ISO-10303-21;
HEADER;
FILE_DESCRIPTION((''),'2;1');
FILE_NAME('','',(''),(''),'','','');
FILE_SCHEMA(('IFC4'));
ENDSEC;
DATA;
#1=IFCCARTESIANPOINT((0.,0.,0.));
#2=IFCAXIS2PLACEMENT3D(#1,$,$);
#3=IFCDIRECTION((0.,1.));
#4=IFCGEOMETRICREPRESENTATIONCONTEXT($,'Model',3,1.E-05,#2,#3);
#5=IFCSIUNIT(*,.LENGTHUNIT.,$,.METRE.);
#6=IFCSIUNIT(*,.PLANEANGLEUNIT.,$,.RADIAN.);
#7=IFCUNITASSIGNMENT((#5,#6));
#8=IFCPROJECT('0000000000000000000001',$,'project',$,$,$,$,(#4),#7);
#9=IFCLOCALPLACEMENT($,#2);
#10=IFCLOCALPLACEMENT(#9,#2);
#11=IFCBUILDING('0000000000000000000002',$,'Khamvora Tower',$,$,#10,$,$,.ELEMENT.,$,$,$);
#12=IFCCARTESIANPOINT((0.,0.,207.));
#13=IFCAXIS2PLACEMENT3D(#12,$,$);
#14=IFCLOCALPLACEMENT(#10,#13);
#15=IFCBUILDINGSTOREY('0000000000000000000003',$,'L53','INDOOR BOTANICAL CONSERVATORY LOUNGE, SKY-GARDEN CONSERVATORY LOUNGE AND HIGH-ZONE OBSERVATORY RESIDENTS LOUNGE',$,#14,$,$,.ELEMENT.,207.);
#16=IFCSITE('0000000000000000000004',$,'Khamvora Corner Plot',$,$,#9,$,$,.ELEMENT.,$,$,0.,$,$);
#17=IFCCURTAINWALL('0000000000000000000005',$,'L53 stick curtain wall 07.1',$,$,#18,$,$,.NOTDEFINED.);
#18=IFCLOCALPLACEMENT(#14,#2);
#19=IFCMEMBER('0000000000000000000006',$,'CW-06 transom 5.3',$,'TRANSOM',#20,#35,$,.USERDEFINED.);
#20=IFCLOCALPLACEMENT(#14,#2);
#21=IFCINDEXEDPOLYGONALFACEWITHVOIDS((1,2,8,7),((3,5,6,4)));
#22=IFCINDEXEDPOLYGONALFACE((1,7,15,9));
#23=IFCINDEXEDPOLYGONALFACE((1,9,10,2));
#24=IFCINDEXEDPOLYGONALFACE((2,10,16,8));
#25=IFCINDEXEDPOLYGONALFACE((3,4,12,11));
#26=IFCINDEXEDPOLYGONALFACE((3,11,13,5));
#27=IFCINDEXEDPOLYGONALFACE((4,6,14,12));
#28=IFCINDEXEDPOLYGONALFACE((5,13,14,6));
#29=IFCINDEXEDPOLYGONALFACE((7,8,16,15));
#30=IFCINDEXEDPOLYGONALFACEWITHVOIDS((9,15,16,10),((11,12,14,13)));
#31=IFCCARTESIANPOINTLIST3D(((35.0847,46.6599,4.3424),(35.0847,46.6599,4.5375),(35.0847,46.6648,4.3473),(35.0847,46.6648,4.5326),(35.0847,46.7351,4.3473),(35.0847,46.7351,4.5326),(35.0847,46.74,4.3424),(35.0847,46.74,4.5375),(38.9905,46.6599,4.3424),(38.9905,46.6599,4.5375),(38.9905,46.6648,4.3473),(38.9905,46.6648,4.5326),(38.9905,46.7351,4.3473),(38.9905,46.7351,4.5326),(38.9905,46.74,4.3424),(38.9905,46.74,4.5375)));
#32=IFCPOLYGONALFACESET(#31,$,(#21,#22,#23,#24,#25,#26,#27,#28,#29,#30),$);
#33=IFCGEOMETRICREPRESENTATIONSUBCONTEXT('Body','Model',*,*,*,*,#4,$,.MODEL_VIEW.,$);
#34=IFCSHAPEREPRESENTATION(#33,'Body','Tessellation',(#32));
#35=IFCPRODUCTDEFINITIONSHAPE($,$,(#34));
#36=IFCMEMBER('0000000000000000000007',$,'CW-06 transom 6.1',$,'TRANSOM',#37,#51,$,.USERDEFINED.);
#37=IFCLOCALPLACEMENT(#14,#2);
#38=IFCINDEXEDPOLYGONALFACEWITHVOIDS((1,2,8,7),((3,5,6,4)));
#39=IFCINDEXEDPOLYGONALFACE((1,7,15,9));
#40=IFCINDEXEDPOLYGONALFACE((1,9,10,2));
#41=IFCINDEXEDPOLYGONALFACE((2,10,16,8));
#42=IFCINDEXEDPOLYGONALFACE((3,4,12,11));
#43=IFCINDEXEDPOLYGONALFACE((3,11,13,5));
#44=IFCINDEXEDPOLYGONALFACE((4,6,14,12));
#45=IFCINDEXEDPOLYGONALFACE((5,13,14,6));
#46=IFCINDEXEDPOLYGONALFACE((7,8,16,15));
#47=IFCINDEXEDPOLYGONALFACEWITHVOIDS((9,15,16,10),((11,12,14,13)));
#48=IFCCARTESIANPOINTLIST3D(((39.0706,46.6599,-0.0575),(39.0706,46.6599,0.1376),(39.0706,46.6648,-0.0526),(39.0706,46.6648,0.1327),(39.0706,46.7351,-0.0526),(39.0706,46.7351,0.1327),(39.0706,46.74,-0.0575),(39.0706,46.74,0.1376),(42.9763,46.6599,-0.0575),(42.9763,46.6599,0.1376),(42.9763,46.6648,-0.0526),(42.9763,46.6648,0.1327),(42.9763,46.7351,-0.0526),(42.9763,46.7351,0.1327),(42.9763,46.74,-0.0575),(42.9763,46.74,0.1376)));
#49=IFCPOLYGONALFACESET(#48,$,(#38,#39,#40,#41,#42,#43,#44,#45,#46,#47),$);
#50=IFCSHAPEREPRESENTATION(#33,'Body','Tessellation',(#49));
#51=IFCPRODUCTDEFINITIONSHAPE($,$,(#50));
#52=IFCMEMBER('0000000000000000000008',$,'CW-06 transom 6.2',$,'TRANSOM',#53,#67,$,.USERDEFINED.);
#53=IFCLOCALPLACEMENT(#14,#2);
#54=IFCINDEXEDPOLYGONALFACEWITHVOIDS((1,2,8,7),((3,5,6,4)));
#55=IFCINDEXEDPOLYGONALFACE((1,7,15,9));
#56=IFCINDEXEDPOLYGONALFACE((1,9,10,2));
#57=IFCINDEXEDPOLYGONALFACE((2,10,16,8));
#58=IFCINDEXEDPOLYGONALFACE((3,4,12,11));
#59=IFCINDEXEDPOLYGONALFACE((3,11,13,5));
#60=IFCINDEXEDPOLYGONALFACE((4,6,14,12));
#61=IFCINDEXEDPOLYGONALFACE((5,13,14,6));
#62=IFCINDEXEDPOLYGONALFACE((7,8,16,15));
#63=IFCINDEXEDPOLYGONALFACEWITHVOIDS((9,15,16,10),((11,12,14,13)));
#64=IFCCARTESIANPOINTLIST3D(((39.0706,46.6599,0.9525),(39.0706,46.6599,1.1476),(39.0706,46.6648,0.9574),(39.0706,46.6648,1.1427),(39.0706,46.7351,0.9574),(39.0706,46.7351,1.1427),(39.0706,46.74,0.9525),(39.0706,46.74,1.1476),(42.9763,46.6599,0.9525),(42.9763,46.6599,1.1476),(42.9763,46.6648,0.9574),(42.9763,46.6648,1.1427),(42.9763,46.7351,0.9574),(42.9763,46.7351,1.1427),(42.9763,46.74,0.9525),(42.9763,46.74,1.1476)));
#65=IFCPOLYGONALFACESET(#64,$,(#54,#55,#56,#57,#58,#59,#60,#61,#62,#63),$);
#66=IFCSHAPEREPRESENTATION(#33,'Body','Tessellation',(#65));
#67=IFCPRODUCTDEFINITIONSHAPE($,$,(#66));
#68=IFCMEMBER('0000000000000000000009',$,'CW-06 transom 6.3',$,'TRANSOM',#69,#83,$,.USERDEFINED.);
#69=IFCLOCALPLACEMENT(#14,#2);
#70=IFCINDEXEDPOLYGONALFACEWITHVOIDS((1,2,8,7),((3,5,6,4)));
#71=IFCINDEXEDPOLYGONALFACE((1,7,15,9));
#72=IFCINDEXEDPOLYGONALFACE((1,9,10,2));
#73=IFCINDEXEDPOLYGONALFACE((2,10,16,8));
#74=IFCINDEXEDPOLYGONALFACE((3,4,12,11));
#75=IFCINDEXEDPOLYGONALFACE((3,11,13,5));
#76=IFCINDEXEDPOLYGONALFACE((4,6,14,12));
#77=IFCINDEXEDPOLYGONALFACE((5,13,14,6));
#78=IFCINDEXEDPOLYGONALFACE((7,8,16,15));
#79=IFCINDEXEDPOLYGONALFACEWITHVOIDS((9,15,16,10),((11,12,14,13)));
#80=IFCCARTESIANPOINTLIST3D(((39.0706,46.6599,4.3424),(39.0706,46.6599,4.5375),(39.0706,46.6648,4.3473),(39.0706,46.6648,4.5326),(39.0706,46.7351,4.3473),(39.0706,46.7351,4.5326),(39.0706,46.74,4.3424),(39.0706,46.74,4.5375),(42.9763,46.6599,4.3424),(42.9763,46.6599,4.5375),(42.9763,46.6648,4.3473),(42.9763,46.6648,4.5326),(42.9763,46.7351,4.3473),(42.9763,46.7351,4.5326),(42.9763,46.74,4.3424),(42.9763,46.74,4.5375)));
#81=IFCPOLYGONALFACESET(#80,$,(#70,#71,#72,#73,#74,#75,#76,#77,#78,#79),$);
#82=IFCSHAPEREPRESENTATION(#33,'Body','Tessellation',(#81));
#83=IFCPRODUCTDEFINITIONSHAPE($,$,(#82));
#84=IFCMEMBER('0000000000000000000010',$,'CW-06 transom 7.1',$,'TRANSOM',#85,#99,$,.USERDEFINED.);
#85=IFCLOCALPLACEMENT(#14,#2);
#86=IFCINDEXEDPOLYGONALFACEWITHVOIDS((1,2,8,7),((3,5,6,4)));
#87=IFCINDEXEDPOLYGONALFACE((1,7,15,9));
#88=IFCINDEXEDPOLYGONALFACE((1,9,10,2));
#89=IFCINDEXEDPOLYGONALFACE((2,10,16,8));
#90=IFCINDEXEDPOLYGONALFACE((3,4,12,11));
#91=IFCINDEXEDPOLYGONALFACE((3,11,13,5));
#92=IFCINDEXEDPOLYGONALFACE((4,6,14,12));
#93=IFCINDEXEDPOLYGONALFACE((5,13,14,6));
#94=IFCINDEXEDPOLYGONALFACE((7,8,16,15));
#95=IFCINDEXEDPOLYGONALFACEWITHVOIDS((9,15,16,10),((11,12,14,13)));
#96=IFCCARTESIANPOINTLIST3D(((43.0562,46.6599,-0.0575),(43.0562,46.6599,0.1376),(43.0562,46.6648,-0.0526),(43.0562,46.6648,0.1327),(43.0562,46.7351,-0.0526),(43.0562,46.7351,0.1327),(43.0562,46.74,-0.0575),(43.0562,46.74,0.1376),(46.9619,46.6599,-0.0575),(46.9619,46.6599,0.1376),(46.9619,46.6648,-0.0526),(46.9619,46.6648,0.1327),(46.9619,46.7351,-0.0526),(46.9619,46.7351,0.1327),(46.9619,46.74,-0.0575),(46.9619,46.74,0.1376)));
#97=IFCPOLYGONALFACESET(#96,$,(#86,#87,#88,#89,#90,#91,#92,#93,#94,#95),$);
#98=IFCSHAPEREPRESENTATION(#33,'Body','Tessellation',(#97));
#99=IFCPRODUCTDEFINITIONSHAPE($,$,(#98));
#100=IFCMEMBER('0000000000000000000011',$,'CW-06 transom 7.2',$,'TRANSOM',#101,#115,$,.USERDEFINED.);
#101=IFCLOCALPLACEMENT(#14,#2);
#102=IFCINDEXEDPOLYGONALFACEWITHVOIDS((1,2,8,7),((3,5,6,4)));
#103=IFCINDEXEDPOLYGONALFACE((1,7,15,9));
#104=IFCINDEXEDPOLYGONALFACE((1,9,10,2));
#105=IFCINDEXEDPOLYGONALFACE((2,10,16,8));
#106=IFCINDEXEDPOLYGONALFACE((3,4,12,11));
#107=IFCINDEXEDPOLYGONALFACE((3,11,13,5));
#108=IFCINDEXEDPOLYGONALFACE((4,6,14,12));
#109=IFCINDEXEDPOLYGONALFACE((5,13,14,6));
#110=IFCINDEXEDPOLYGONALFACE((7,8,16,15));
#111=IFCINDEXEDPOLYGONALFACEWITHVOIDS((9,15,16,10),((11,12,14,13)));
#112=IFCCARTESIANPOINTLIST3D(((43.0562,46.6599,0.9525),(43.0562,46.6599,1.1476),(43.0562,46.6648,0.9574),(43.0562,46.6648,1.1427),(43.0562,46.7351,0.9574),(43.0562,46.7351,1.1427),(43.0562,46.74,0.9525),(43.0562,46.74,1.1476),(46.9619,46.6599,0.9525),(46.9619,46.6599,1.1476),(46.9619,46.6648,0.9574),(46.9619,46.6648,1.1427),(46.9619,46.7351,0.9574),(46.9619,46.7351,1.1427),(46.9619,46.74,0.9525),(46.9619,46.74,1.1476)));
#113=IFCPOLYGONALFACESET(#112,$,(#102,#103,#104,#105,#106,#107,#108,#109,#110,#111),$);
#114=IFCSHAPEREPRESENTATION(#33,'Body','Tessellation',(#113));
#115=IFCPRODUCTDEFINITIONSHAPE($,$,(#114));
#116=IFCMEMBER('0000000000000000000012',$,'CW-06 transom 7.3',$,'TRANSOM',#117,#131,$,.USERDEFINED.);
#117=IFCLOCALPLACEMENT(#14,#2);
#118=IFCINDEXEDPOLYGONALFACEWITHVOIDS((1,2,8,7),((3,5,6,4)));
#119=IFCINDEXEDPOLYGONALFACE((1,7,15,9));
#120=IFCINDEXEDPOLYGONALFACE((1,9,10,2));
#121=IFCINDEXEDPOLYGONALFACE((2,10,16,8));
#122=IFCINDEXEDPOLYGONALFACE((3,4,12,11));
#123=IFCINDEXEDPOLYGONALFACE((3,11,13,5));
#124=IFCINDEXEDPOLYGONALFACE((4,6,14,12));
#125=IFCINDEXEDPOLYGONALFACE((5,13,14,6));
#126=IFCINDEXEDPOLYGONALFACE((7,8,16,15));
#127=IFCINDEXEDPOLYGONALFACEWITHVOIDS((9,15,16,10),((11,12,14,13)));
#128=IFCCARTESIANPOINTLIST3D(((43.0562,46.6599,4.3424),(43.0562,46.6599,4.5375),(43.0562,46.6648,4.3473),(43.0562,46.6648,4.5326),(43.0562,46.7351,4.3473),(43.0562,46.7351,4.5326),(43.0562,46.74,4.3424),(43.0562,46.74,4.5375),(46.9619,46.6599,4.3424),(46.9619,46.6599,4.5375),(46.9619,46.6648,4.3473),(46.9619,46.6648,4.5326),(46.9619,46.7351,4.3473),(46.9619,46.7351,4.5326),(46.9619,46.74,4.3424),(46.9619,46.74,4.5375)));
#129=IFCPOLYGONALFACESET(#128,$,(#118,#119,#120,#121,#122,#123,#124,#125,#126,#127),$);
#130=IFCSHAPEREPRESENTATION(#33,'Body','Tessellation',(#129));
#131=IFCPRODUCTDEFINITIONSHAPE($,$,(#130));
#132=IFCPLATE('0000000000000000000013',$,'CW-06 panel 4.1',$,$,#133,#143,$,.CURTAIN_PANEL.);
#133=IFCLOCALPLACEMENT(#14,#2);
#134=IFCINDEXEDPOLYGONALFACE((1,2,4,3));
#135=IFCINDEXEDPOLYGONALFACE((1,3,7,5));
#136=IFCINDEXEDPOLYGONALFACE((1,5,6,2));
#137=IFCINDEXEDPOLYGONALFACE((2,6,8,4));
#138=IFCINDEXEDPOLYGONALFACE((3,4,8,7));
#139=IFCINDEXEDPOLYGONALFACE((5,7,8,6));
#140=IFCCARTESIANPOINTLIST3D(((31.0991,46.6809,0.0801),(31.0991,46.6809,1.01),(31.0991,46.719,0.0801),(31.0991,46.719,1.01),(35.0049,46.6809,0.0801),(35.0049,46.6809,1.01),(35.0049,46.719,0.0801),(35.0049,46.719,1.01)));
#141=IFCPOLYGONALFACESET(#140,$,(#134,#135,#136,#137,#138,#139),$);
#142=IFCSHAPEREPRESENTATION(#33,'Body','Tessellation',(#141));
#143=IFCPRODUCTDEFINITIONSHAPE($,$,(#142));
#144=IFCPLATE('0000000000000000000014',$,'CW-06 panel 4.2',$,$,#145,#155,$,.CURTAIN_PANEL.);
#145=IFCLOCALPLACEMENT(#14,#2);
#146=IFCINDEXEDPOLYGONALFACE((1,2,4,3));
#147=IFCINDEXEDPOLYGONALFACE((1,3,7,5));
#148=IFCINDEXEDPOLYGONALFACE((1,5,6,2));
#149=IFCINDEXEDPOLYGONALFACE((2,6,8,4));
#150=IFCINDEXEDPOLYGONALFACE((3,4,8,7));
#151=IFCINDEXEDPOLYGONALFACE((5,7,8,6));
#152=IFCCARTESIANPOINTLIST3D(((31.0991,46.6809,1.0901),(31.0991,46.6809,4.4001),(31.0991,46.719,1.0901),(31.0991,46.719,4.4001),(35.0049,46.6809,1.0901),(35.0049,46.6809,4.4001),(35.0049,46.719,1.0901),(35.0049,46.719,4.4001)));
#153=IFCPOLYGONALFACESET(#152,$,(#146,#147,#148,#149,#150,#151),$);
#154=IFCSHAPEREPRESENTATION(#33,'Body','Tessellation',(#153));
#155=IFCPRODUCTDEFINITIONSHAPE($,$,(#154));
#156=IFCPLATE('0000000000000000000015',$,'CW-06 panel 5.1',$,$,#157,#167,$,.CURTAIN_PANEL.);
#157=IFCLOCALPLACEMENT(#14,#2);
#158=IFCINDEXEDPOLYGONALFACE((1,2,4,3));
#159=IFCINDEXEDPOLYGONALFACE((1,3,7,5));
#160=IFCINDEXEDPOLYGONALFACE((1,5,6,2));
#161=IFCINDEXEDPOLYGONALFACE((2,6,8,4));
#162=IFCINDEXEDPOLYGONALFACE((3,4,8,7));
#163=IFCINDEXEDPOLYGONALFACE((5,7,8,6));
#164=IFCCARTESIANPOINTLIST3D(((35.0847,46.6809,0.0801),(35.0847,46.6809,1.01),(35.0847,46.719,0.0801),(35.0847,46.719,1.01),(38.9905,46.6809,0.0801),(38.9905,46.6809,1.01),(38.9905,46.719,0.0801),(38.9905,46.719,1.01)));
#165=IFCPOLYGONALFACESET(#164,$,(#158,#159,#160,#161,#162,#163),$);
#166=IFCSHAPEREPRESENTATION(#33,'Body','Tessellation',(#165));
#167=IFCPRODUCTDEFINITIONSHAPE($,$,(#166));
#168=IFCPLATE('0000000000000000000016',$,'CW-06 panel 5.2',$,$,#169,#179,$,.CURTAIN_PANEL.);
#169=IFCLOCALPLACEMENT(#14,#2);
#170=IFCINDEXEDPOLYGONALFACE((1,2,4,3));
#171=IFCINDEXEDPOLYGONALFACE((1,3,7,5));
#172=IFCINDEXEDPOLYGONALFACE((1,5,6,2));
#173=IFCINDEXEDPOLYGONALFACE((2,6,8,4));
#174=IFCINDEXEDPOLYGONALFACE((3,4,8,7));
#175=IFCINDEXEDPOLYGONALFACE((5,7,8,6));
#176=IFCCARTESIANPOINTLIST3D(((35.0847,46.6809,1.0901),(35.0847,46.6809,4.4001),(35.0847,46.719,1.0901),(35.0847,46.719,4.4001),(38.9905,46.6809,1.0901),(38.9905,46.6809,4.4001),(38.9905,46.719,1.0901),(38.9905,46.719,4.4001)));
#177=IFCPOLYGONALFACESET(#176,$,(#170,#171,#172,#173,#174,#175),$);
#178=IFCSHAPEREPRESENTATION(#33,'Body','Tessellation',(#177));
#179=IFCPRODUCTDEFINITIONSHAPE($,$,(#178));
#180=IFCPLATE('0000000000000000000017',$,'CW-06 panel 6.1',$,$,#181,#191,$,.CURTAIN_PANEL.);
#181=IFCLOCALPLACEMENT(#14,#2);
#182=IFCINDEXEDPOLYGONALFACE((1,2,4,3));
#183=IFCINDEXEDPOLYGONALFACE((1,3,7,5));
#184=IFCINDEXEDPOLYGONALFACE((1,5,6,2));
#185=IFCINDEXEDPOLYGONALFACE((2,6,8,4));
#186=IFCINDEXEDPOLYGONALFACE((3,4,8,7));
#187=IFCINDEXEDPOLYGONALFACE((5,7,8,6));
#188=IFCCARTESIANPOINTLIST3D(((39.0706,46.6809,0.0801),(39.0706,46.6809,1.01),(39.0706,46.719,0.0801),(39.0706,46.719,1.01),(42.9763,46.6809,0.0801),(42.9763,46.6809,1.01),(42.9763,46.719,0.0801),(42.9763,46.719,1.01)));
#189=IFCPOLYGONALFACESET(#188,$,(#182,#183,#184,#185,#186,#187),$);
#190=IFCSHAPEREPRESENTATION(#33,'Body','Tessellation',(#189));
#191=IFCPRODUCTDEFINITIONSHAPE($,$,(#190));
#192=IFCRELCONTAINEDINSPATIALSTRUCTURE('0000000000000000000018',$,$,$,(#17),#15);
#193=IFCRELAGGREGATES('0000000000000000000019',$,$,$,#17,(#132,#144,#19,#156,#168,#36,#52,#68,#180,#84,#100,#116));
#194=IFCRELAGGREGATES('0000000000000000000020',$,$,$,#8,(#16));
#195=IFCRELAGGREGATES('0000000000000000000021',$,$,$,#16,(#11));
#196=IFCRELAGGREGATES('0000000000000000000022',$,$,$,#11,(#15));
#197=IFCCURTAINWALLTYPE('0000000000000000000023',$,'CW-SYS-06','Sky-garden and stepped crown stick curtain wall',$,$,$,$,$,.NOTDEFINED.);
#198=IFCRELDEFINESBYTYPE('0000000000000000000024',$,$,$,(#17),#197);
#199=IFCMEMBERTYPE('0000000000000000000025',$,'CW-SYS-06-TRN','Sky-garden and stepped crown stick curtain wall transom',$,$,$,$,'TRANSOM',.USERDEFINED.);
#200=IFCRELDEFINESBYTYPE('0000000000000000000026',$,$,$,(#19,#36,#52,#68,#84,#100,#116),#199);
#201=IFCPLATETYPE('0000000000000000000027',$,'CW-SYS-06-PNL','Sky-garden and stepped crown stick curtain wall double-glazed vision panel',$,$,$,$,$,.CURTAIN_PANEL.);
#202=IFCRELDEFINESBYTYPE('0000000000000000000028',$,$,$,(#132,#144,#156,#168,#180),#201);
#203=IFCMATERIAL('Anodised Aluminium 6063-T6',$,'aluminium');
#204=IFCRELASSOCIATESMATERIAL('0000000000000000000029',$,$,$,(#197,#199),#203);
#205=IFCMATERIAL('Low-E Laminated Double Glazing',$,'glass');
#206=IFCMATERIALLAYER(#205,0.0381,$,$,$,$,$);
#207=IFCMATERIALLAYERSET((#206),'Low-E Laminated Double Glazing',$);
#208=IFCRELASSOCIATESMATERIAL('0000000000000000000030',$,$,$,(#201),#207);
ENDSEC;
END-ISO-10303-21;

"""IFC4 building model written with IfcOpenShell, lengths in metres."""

from ifc_helpers import new_model, si_unit, direction, frame, origin, origin_2d, place, context, subcontext, project, spatial, rectangle, hollow_rectangle, extrude, material, layer, layer_set, material_profile, profile_set, type_object, element, aggregate, save


model = new_model("IFC4")

# Units and contexts
model_context = context("Model", 3, precision=1e-05, world=origin(), true_north=direction((0.0, 1.0)))
body_context = subcontext(model_context, "Body", "Model", "MODEL_VIEW")
ifc_project = project(units=[si_unit("LENGTHUNIT", "METRE"), si_unit("PLANEANGLEUNIT", "RADIAN")], contexts=[model_context])

# Site, building, storey
site_placement = place(None, origin())
site = spatial("IfcSite", under=ifc_project, at=site_placement, Name="Khamvora Corner Plot", CompositionType="ELEMENT", RefElevation=0.0)
building_placement = place(site_placement, origin())
building = spatial("IfcBuilding", under=site, at=building_placement, Name="Khamvora Tower", CompositionType="ELEMENT")
storey_placement = place(building_placement, frame((0.0, 0.0, 207.0)))
storey = spatial("IfcBuildingStorey", under=building, at=storey_placement, Name="L53", Description="INDOOR BOTANICAL CONSERVATORY LOUNGE, SKY-GARDEN CONSERVATORY LOUNGE AND HIGH-ZONE OBSERVATORY RESIDENTS LOUNGE", CompositionType="ELEMENT", Elevation=207.0)

# Curtain wall, members, plates
ifc_material_1 = material(Name="Anodised Aluminium 6063-T6", Category="aluminium")
curtain_wall_type = type_object("IfcCurtainWallType", Name="CW-SYS-06", Description="Sky-garden and stepped crown stick curtain wall", PredefinedType="NOTDEFINED", material=ifc_material_1)
curtain_wall_placement = place(storey_placement, origin())
curtain_wall = element("IfcCurtainWall", 1, at=curtain_wall_placement, inside=storey, type_object=curtain_wall_type, Name="L53 stick curtain wall 07.1", PredefinedType="NOTDEFINED")
ifc_material_profile_1 = material_profile(ifc_material_1, hollow_rectangle(XDim=0.0801, YDim=0.1951, WallThickness=0.0049, at=origin_2d()), Name="TRN80x195x5")
ifc_profile_set_1 = profile_set([ifc_material_profile_1], Name="Anodised Aluminium 6063-T6")
member_type_1 = type_object("IfcMemberType", Name="CW-SYS-06-TRN", Description="Sky-garden and stepped crown stick curtain wall transom", ElementType="TRANSOM", PredefinedType="USERDEFINED", material=ifc_profile_set_1)
member_1_placement = place(storey_placement, frame((35.0847, 46.7, 4.4399), z_axis=(1.0, 0.0, 0.0), x_axis=(0.0, 1.0, 0.0)))
member_1 = element("IfcMember", 2, at=member_1_placement, type_object=member_type_1, Name="CW-06 transom 5.3", ObjectType="TRANSOM", PredefinedType="USERDEFINED", context=body_context, shape_type="SweptSolid", body=[
    extrude(hollow_rectangle(XDim=0.0801, YDim=0.1951, WallThickness=0.0049, at=origin_2d()), origin(), (0.0, 0.0, 1.0), 3.9058),
])
member_2_placement = place(storey_placement, frame((39.0706, 46.7, 0.04), z_axis=(1.0, 0.0, 0.0), x_axis=(0.0, 1.0, 0.0)))
member_2 = element("IfcMember", 3, at=member_2_placement, type_object=member_type_1, Name="CW-06 transom 6.1", ObjectType="TRANSOM", PredefinedType="USERDEFINED", context=body_context, shape_type="SweptSolid", body=[
    extrude(hollow_rectangle(XDim=0.0801, YDim=0.1951, WallThickness=0.0049, at=origin_2d()), origin(), (0.0, 0.0, 1.0), 3.9058),
])
member_3_placement = place(storey_placement, frame((39.0706, 46.7, 1.05), z_axis=(1.0, 0.0, 0.0), x_axis=(0.0, 1.0, 0.0)))
member_3 = element("IfcMember", 4, at=member_3_placement, type_object=member_type_1, Name="CW-06 transom 6.2", ObjectType="TRANSOM", PredefinedType="USERDEFINED", context=body_context, shape_type="SweptSolid", body=[
    extrude(hollow_rectangle(XDim=0.0801, YDim=0.1951, WallThickness=0.0049, at=origin_2d()), origin(), (0.0, 0.0, 1.0), 3.9058),
])
member_4_placement = place(storey_placement, frame((39.0706, 46.7, 4.4399), z_axis=(1.0, 0.0, 0.0), x_axis=(0.0, 1.0, 0.0)))
member_4 = element("IfcMember", 5, at=member_4_placement, type_object=member_type_1, Name="CW-06 transom 6.3", ObjectType="TRANSOM", PredefinedType="USERDEFINED", context=body_context, shape_type="SweptSolid", body=[
    extrude(hollow_rectangle(XDim=0.0801, YDim=0.1951, WallThickness=0.0049, at=origin_2d()), origin(), (0.0, 0.0, 1.0), 3.9058),
])
member_5_placement = place(storey_placement, frame((43.0562, 46.7, 0.04), z_axis=(1.0, 0.0, 0.0), x_axis=(0.0, 1.0, 0.0)))
member_5 = element("IfcMember", 6, at=member_5_placement, type_object=member_type_1, Name="CW-06 transom 7.1", ObjectType="TRANSOM", PredefinedType="USERDEFINED", context=body_context, shape_type="SweptSolid", body=[
    extrude(hollow_rectangle(XDim=0.0801, YDim=0.1951, WallThickness=0.0049, at=origin_2d()), origin(), (0.0, 0.0, 1.0), 3.9058),
])
member_6_placement = place(storey_placement, frame((43.0562, 46.7, 1.05), z_axis=(1.0, 0.0, 0.0), x_axis=(0.0, 1.0, 0.0)))
member_6 = element("IfcMember", 7, at=member_6_placement, type_object=member_type_1, Name="CW-06 transom 7.2", ObjectType="TRANSOM", PredefinedType="USERDEFINED", context=body_context, shape_type="SweptSolid", body=[
    extrude(hollow_rectangle(XDim=0.0801, YDim=0.1951, WallThickness=0.0049, at=origin_2d()), origin(), (0.0, 0.0, 1.0), 3.9058),
])
member_7_placement = place(storey_placement, frame((43.0562, 46.7, 4.4399), z_axis=(1.0, 0.0, 0.0), x_axis=(0.0, 1.0, 0.0)))
member_7 = element("IfcMember", 8, at=member_7_placement, type_object=member_type_1, Name="CW-06 transom 7.3", ObjectType="TRANSOM", PredefinedType="USERDEFINED", context=body_context, shape_type="SweptSolid", body=[
    extrude(hollow_rectangle(XDim=0.0801, YDim=0.1951, WallThickness=0.0049, at=origin_2d()), origin(), (0.0, 0.0, 1.0), 3.9058),
])
ifc_material_2 = material(Name="Low-E Laminated Double Glazing", Category="glass")
ifc_layer_1 = layer(ifc_material_2, 0.0381)
ifc_layer_set_1 = layer_set([ifc_layer_1], Name="Low-E Laminated Double Glazing")
plate_type_1 = type_object("IfcPlateType", Name="CW-SYS-06-PNL", Description="Sky-garden and stepped crown stick curtain wall double-glazed vision panel", PredefinedType="CURTAIN_PANEL", material=ifc_layer_set_1)
plate_1_placement = place(storey_placement, frame((33.052, 46.7, 0.0801), z_axis=(0.0, 0.0, 1.0), x_axis=(1.0, 0.0, 0.0)))
plate_1 = element("IfcPlate", 9, at=plate_1_placement, type_object=plate_type_1, Name="CW-06 panel 4.1", PredefinedType="CURTAIN_PANEL", context=body_context, shape_type="SweptSolid", body=[
    extrude(rectangle(XDim=3.9058, YDim=0.0381, at=origin_2d()), origin(), (0.0, 0.0, 1.0), 0.9299),
])
plate_2_placement = place(storey_placement, frame((33.052, 46.7, 1.0901), z_axis=(0.0, 0.0, 1.0), x_axis=(1.0, 0.0, 0.0)))
plate_2 = element("IfcPlate", 10, at=plate_2_placement, type_object=plate_type_1, Name="CW-06 panel 4.2", PredefinedType="CURTAIN_PANEL", context=body_context, shape_type="SweptSolid", body=[
    extrude(rectangle(XDim=3.9058, YDim=0.0381, at=origin_2d()), origin(), (0.0, 0.0, 1.0), 3.3101),
])
plate_3_placement = place(storey_placement, frame((37.0376, 46.7, 0.0801), z_axis=(0.0, 0.0, 1.0), x_axis=(1.0, 0.0, 0.0)))
plate_3 = element("IfcPlate", 11, at=plate_3_placement, type_object=plate_type_1, Name="CW-06 panel 5.1", PredefinedType="CURTAIN_PANEL", context=body_context, shape_type="SweptSolid", body=[
    extrude(rectangle(XDim=3.9058, YDim=0.0381, at=origin_2d()), origin(), (0.0, 0.0, 1.0), 0.9299),
])
plate_4_placement = place(storey_placement, frame((37.0376, 46.7, 1.0901), z_axis=(0.0, 0.0, 1.0), x_axis=(1.0, 0.0, 0.0)))
plate_4 = element("IfcPlate", 12, at=plate_4_placement, type_object=plate_type_1, Name="CW-06 panel 5.2", PredefinedType="CURTAIN_PANEL", context=body_context, shape_type="SweptSolid", body=[
    extrude(rectangle(XDim=3.9058, YDim=0.0381, at=origin_2d()), origin(), (0.0, 0.0, 1.0), 3.3101),
])
plate_5_placement = place(storey_placement, frame((41.0234, 46.7, 0.0801), z_axis=(0.0, 0.0, 1.0), x_axis=(1.0, 0.0, 0.0)))
plate_5 = element("IfcPlate", 13, at=plate_5_placement, type_object=plate_type_1, Name="CW-06 panel 6.1", PredefinedType="CURTAIN_PANEL", context=body_context, shape_type="SweptSolid", body=[
    extrude(rectangle(XDim=3.9058, YDim=0.0381, at=origin_2d()), origin(), (0.0, 0.0, 1.0), 0.9299),
])
aggregate(curtain_wall, [plate_1, plate_2, member_1, plate_3, plate_4, member_2, member_3, member_4, plate_5, member_5, member_6, member_7])

save(model, "model.ifc")
